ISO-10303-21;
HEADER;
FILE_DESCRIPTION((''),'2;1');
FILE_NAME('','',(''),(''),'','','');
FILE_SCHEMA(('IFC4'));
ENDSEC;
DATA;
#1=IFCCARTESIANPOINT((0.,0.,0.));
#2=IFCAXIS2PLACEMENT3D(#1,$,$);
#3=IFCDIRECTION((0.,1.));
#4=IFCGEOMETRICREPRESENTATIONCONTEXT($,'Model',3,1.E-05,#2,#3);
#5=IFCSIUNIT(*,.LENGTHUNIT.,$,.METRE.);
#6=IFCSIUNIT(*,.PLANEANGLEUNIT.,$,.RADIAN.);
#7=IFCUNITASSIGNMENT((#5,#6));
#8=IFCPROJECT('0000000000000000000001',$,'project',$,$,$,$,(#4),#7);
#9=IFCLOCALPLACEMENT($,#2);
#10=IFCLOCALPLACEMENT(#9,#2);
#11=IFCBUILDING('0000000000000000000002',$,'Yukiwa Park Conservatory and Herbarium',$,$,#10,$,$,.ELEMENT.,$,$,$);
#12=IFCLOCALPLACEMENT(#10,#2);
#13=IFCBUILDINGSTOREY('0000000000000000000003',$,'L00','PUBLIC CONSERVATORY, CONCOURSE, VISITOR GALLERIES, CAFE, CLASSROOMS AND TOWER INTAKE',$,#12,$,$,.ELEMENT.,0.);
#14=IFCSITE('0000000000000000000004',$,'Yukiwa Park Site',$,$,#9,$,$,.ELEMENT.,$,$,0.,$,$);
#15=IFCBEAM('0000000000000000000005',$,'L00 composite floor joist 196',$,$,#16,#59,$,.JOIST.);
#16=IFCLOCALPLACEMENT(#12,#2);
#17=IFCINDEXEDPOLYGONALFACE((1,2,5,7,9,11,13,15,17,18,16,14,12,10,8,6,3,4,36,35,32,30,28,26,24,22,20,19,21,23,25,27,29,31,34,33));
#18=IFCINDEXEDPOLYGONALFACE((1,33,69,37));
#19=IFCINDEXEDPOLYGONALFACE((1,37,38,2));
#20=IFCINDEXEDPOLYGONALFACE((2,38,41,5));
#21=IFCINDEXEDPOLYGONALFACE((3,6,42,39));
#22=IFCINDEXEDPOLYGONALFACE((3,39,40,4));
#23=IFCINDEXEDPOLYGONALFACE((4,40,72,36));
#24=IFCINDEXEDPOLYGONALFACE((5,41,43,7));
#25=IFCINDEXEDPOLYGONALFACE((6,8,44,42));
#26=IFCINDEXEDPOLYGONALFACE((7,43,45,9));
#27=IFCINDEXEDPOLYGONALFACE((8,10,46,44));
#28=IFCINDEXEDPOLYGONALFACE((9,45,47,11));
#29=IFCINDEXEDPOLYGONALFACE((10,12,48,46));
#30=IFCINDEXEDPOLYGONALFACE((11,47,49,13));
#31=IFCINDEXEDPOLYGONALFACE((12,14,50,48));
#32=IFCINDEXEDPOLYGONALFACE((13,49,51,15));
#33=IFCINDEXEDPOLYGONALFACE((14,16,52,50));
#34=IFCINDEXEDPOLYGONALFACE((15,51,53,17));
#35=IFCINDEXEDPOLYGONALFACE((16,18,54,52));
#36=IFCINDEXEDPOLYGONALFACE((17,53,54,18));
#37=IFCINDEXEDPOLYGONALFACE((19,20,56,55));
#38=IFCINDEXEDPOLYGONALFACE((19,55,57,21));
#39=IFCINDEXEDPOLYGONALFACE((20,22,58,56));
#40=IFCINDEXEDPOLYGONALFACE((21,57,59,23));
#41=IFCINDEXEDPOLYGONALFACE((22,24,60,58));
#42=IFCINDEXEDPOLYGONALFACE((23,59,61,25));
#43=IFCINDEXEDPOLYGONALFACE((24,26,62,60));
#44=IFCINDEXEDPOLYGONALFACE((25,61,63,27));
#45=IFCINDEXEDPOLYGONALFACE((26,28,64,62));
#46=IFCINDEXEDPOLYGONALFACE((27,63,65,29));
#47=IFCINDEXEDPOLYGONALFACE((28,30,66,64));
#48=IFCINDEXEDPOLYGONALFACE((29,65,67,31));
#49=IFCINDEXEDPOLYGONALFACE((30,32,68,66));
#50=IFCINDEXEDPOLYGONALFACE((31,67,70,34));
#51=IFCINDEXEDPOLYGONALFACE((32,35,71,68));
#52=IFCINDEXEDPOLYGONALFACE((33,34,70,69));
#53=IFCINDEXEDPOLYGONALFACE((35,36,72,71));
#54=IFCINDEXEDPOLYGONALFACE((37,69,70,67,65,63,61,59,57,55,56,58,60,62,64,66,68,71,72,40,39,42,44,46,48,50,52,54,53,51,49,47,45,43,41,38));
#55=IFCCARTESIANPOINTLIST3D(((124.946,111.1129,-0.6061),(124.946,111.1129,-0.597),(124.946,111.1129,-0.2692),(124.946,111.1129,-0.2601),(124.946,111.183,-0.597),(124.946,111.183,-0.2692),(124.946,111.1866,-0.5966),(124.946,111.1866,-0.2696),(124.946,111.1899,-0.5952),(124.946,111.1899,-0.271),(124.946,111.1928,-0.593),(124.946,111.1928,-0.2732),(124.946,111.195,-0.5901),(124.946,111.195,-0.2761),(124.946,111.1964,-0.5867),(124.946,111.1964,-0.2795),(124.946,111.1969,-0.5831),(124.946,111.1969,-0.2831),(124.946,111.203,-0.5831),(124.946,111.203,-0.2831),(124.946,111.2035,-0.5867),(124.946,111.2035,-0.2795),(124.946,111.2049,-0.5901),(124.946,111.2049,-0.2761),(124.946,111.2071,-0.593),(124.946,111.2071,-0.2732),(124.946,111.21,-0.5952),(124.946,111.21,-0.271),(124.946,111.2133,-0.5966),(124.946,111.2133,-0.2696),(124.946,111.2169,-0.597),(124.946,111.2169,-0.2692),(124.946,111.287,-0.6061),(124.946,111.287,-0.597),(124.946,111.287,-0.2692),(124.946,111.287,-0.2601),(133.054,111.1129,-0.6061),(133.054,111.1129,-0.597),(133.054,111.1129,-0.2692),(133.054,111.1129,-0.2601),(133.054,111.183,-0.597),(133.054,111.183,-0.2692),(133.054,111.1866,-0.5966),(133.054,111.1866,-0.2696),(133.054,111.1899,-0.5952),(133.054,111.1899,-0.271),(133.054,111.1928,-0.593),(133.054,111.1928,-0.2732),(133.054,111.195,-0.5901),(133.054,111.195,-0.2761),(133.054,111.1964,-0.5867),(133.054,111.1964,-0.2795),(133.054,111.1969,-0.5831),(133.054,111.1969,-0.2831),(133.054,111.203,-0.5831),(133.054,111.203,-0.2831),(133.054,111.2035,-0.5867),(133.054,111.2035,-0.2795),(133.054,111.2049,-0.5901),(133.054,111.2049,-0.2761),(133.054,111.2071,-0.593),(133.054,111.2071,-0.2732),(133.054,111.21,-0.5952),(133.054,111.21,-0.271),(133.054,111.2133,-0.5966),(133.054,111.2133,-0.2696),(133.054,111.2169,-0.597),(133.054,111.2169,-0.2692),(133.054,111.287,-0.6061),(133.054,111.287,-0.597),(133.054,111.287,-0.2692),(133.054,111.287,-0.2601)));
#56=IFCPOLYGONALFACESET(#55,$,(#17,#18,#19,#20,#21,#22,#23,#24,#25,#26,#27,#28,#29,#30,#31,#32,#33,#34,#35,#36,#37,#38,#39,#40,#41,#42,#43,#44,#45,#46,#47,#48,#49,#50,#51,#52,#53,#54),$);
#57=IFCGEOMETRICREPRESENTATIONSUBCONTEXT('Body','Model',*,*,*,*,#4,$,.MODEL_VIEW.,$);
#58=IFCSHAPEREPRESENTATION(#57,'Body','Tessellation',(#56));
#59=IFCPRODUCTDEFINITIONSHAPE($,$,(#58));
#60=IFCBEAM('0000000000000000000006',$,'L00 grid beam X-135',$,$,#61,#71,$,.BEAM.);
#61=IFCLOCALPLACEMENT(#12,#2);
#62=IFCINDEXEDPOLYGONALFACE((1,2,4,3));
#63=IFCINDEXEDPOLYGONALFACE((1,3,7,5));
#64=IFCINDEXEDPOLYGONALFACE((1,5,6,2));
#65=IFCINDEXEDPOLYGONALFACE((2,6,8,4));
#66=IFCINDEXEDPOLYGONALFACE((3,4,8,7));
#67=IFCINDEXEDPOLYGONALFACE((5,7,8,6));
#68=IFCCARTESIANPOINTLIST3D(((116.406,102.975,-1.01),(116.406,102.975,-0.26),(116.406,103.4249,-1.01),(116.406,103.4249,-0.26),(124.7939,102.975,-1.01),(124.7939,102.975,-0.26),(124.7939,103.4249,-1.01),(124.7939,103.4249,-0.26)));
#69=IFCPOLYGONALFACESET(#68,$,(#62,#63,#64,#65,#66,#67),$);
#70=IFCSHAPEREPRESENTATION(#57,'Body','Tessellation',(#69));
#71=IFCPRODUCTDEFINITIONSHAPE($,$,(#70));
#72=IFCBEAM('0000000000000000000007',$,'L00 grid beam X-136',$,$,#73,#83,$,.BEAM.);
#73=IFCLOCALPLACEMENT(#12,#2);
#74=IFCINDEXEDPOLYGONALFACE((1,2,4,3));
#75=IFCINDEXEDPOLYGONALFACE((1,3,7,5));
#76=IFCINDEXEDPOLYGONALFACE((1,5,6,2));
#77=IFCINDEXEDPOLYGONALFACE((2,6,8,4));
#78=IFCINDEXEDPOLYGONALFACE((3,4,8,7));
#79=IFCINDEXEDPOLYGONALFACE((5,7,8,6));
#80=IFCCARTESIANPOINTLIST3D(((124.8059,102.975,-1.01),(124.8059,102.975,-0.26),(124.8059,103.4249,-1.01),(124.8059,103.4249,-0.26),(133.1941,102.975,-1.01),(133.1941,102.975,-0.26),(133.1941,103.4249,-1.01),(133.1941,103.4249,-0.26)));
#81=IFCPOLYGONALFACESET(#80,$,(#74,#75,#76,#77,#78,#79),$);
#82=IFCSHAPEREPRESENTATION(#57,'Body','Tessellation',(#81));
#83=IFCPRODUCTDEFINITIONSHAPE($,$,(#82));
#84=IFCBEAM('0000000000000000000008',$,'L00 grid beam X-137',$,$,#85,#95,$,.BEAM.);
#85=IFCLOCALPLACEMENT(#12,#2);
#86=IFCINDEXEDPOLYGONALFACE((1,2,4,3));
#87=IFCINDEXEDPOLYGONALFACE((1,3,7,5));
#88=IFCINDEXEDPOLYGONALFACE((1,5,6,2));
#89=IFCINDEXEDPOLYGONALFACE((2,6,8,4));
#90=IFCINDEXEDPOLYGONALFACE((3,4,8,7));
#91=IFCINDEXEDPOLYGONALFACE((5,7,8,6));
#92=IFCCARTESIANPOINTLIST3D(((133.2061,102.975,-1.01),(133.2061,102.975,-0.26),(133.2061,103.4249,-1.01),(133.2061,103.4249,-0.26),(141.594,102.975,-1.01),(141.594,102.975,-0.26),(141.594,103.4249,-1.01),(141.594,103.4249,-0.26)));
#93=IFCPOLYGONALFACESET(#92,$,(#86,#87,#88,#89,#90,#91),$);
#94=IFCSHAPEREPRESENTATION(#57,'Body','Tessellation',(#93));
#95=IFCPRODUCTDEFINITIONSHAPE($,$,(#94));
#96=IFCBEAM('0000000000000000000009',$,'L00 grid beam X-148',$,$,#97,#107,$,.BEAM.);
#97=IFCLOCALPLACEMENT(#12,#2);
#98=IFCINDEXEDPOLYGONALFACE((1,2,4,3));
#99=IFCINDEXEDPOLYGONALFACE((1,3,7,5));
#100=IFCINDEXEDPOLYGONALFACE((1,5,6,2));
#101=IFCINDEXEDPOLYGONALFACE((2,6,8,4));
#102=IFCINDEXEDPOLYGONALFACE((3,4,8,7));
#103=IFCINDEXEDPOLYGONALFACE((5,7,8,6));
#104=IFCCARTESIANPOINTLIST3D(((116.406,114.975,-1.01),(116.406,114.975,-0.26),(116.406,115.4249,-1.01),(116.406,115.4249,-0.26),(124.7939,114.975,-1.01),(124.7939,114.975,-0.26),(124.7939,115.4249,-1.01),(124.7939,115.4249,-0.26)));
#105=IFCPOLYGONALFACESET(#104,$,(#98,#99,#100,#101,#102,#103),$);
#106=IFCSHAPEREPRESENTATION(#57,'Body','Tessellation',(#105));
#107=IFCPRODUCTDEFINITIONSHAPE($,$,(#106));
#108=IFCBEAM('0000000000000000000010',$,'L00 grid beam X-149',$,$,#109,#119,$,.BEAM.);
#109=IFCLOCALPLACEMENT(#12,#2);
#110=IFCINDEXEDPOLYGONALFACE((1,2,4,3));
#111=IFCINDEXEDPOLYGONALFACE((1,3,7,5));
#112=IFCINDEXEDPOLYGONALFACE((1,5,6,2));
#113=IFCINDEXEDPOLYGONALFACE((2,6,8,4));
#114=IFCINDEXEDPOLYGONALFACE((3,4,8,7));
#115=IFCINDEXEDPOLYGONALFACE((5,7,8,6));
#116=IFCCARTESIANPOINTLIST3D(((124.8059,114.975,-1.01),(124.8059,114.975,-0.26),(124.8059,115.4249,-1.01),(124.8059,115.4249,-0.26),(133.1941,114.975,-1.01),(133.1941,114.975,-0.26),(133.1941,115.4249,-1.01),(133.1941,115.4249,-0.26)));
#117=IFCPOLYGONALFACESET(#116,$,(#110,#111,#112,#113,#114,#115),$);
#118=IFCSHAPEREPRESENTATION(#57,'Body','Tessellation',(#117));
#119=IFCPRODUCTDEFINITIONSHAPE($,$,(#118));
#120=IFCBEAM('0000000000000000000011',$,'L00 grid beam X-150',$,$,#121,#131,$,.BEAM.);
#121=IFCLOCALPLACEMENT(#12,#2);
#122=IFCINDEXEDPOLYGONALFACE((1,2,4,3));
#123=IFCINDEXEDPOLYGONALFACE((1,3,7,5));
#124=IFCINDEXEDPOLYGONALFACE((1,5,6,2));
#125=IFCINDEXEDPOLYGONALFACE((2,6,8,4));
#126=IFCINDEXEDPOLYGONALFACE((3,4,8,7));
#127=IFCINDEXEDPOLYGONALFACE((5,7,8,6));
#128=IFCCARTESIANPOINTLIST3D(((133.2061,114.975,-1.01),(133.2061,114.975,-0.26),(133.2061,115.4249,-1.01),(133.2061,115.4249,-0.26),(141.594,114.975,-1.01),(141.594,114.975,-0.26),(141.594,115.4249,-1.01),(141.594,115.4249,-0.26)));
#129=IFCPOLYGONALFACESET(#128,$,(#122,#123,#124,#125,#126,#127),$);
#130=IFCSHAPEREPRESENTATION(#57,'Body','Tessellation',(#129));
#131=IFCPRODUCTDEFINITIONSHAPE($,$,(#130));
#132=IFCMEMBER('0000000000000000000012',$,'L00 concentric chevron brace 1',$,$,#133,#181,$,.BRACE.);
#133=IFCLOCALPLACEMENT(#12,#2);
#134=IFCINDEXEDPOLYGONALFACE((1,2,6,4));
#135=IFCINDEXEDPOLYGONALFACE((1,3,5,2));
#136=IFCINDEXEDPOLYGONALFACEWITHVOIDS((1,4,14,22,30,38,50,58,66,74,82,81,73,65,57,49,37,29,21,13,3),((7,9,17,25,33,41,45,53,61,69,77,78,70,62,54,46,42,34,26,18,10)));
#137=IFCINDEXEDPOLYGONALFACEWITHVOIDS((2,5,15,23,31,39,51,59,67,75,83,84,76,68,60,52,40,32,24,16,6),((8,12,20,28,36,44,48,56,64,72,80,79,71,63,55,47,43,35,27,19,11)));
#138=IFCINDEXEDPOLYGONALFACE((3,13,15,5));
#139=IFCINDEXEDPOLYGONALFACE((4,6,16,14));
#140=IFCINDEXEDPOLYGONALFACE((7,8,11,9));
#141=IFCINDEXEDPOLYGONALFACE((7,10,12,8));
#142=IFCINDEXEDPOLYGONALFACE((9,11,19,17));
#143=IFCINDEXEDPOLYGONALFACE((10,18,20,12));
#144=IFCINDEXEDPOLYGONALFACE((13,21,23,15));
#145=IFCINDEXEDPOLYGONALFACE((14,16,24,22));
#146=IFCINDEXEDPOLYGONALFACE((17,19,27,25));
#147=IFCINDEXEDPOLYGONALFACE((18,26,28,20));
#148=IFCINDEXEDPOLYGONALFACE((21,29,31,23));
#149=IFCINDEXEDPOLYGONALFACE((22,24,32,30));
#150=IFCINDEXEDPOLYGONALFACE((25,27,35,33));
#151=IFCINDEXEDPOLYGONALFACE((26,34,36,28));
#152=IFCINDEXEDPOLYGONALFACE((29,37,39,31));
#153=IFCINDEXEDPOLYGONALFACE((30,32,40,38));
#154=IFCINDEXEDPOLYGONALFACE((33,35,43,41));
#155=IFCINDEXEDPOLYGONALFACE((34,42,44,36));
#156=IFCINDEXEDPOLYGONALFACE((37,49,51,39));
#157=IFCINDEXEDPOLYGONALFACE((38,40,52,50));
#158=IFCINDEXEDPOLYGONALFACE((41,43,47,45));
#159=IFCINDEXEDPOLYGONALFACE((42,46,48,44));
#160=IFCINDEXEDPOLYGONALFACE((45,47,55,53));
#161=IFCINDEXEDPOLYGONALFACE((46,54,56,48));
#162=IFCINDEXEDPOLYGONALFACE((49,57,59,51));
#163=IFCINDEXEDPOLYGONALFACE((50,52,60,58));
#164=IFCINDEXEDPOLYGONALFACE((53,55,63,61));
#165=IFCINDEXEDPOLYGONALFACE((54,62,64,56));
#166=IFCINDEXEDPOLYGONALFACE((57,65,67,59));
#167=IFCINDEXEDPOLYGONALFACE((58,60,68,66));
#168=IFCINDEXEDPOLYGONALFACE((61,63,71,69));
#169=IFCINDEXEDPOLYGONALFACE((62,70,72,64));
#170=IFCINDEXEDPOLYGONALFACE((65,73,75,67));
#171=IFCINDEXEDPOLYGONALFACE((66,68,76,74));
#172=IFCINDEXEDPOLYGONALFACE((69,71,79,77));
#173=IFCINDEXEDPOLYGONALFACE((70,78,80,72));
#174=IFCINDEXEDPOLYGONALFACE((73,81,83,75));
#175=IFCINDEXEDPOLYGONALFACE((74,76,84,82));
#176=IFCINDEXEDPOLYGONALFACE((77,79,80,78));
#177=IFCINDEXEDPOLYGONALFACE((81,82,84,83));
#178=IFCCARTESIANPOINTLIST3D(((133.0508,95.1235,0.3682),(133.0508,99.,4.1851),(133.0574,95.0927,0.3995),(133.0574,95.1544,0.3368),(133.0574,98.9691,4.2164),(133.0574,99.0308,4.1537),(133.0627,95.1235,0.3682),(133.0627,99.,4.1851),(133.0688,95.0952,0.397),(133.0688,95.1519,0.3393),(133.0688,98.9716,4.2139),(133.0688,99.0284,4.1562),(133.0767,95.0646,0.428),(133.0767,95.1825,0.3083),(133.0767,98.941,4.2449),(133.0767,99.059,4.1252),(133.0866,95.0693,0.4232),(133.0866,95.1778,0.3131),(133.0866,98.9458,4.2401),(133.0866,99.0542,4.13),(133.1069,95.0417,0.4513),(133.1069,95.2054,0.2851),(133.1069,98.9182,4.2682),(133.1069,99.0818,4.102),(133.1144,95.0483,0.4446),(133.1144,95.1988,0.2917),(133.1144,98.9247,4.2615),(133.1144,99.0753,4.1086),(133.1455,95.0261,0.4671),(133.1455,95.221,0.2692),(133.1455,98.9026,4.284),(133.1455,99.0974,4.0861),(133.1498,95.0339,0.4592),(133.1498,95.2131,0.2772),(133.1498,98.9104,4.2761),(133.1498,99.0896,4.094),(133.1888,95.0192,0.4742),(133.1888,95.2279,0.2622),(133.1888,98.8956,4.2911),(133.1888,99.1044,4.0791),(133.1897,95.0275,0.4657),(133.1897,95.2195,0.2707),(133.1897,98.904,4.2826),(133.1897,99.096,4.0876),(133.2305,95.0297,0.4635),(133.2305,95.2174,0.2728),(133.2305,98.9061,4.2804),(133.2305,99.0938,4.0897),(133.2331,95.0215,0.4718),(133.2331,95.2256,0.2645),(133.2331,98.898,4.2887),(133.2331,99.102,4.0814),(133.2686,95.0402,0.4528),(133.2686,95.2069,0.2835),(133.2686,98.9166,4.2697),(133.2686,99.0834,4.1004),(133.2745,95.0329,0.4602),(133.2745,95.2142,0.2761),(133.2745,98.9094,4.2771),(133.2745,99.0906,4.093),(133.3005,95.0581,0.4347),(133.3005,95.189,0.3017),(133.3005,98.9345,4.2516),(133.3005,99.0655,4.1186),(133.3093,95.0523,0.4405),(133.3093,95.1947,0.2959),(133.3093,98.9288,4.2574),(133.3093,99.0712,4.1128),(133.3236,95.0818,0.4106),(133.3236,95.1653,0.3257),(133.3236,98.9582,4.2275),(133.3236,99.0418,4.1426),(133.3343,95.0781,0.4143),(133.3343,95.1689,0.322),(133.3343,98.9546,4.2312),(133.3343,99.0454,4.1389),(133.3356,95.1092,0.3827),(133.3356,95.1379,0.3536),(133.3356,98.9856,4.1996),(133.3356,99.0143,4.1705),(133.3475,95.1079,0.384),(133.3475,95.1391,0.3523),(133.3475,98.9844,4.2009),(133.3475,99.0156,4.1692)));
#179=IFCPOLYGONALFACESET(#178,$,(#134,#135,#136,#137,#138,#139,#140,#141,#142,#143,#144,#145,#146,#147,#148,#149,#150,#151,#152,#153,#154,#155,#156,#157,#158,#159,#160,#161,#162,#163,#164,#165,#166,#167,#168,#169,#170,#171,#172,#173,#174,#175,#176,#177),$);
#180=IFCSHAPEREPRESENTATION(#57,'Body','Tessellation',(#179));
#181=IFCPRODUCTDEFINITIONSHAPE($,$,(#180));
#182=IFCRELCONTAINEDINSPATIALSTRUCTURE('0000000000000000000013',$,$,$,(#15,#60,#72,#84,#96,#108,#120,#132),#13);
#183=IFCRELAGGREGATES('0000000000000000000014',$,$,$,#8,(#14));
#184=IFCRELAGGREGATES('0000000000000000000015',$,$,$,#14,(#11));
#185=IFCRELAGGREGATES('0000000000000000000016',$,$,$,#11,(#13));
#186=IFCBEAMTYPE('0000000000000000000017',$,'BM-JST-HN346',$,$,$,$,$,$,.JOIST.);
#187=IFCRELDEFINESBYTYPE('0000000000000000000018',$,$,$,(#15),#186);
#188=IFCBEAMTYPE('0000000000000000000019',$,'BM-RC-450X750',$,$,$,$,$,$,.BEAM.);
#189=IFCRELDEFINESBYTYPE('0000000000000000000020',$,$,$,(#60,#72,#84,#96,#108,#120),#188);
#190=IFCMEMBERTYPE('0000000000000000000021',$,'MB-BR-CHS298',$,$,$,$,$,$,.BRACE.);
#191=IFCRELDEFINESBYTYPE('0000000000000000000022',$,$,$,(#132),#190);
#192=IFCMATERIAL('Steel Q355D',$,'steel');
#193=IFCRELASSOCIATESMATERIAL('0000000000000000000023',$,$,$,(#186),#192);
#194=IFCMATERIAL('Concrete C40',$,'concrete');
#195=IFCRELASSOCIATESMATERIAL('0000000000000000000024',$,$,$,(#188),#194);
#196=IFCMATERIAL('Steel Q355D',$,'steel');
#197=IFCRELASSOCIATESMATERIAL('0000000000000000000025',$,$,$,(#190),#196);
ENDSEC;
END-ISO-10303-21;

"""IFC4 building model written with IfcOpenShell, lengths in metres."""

from ifc_helpers import new_model, si_unit, direction, frame, origin, origin_2d, place, context, subcontext, project, spatial, rectangle, hollow_circle, i_section, extrude, material, material_profile, profile_set, type_object, element, save


model = new_model("IFC4")

# Units and contexts
model_context = context("Model", 3, precision=1e-05, world=origin(), true_north=direction((0.0, 1.0)))
body_context = subcontext(model_context, "Body", "Model", "MODEL_VIEW")
ifc_project = project(units=[si_unit("LENGTHUNIT", "METRE"), si_unit("PLANEANGLEUNIT", "RADIAN")], contexts=[model_context])

# Site, building, storey
site_placement = place(None, origin())
site = spatial("IfcSite", under=ifc_project, at=site_placement, Name="Yukiwa Park Site", CompositionType="ELEMENT", RefElevation=0.0)
building_placement = place(site_placement, origin())
building = spatial("IfcBuilding", under=site, at=building_placement, Name="Yukiwa Park Conservatory and Herbarium", CompositionType="ELEMENT")
storey_placement = place(building_placement, origin())
storey = spatial("IfcBuildingStorey", under=building, at=storey_placement, Name="L00", Description="PUBLIC CONSERVATORY, CONCOURSE, VISITOR GALLERIES, CAFE, CLASSROOMS AND TOWER INTAKE", CompositionType="ELEMENT", Elevation=0.0)

# Beams
ifc_material_1 = material(Name="Steel Q355D", Category="steel")
ifc_material_profile_1 = material_profile(ifc_material_1, i_section(OverallWidth=0.1741, OverallDepth=0.3459, WebThickness=0.0061, FlangeThickness=0.009, FilletRadius=0.0139, at=origin_2d()), Name="HN 346x174x6x9")
ifc_profile_set_1 = profile_set([ifc_material_profile_1], Name="Steel Q355D")
beam_type_1 = type_object("IfcBeamType", Name="BM-JST-HN346", PredefinedType="JOIST", material=ifc_profile_set_1)
for number, where, z_axis, x_axis, name in (
    (1, (124.946, 111.2, -0.4331), (1.0, 0.0, 0.0), (0.0, 1.0, 0.0), "L00 composite floor joist 196"),
):
    element("IfcBeam", number, at=place(storey_placement, frame(where, z_axis=z_axis, x_axis=x_axis)), inside=storey, type_object=beam_type_1, Name=name, PredefinedType="JOIST", context=body_context, shape_type="SweptSolid", body=[
        extrude(i_section(OverallWidth=0.1741, OverallDepth=0.3459, WebThickness=0.0061, FlangeThickness=0.009, FilletRadius=0.0139, at=origin_2d()), origin(), (0.0, 0.0, 1.0), 8.1079),
    ])
ifc_material_2 = material(Name="Concrete C40", Category="concrete")
ifc_material_profile_2 = material_profile(ifc_material_2, rectangle(XDim=0.45, YDim=0.75, at=origin_2d()), Name="RC 450x750")
ifc_profile_set_2 = profile_set([ifc_material_profile_2], Name="Concrete C40")
beam_type_2 = type_object("IfcBeamType", Name="BM-RC-450X750", PredefinedType="BEAM", material=ifc_profile_set_2)
beam_1_placement = place(storey_placement, frame((116.406, 103.2, -0.635), z_axis=(1.0, 0.0, 0.0), x_axis=(0.0, 1.0, 0.0)))
element("IfcBeam", 2, at=beam_1_placement, inside=storey, type_object=beam_type_2, Name="L00 grid beam X-135", PredefinedType="BEAM", context=body_context, shape_type="SweptSolid", body=[
    extrude(rectangle(XDim=0.45, YDim=0.75, at=origin_2d()), origin(), (0.0, 0.0, 1.0), 8.3879),
])
beam_2_placement = place(storey_placement, frame((124.8059, 103.2, -0.635), z_axis=(1.0, 0.0, 0.0), x_axis=(0.0, 1.0, 0.0)))
element("IfcBeam", 3, at=beam_2_placement, inside=storey, type_object=beam_type_2, Name="L00 grid beam X-136", PredefinedType="BEAM", context=body_context, shape_type="SweptSolid", body=[
    extrude(rectangle(XDim=0.45, YDim=0.75, at=origin_2d()), origin(), (0.0, 0.0, 1.0), 8.3882),
])
for number, where, z_axis, x_axis, name in (
    (4, (133.2061, 103.2, -0.635), (1.0, 0.0, 0.0), (0.0, 1.0, 0.0), "L00 grid beam X-137"),
    (5, (116.406, 115.2, -0.635), (1.0, 0.0, 0.0), (0.0, 1.0, 0.0), "L00 grid beam X-148"),
):
    element("IfcBeam", number, at=place(storey_placement, frame(where, z_axis=z_axis, x_axis=x_axis)), inside=storey, type_object=beam_type_2, Name=name, PredefinedType="BEAM", context=body_context, shape_type="SweptSolid", body=[
        extrude(rectangle(XDim=0.45, YDim=0.75, at=origin_2d()), origin(), (0.0, 0.0, 1.0), 8.3879),
    ])
beam_3_placement = place(storey_placement, frame((124.8059, 115.2, -0.635), z_axis=(1.0, 0.0, 0.0), x_axis=(0.0, 1.0, 0.0)))
element("IfcBeam", 6, at=beam_3_placement, inside=storey, type_object=beam_type_2, Name="L00 grid beam X-149", PredefinedType="BEAM", context=body_context, shape_type="SweptSolid", body=[
    extrude(rectangle(XDim=0.45, YDim=0.75, at=origin_2d()), origin(), (0.0, 0.0, 1.0), 8.3882),
])
beam_4_placement = place(storey_placement, frame((133.2061, 115.2, -0.635), z_axis=(1.0, 0.0, 0.0), x_axis=(0.0, 1.0, 0.0)))
element("IfcBeam", 7, at=beam_4_placement, inside=storey, type_object=beam_type_2, Name="L00 grid beam X-150", PredefinedType="BEAM", context=body_context, shape_type="SweptSolid", body=[
    extrude(rectangle(XDim=0.45, YDim=0.75, at=origin_2d()), origin(), (0.0, 0.0, 1.0), 8.3879),
])

# Member
ifc_material_3 = material(Name="Steel Q355D", Category="steel")
ifc_material_profile_3 = material_profile(ifc_material_3, hollow_circle(Radius=0.1492, WallThickness=0.012, at=origin_2d()), Name="CHS 298.5x12")
ifc_profile_set_3 = profile_set([ifc_material_profile_3], Name="Steel Q355D")
member_type = type_object("IfcMemberType", Name="MB-BR-CHS298", PredefinedType="BRACE", material=ifc_profile_set_3)
for number, where, z_axis, x_axis, name in (
    (8, (133.2, 95.1235, 0.3682), (0.0, 0.712561, 0.701611), (-1.0, 0.0, 0.0), "L00 concentric chevron brace 1"),
):
    element("IfcMember", number, at=place(storey_placement, frame(where, z_axis=z_axis, x_axis=x_axis)), inside=storey, type_object=member_type, Name=name, PredefinedType="BRACE", context=body_context, shape_type="SweptSolid", body=[
        extrude(hollow_circle(Radius=0.1492, WallThickness=0.012, at=origin_2d()), origin(), (0.0, 0.0, 1.0), 5.4402),
    ])

save(model, "model.ifc")
